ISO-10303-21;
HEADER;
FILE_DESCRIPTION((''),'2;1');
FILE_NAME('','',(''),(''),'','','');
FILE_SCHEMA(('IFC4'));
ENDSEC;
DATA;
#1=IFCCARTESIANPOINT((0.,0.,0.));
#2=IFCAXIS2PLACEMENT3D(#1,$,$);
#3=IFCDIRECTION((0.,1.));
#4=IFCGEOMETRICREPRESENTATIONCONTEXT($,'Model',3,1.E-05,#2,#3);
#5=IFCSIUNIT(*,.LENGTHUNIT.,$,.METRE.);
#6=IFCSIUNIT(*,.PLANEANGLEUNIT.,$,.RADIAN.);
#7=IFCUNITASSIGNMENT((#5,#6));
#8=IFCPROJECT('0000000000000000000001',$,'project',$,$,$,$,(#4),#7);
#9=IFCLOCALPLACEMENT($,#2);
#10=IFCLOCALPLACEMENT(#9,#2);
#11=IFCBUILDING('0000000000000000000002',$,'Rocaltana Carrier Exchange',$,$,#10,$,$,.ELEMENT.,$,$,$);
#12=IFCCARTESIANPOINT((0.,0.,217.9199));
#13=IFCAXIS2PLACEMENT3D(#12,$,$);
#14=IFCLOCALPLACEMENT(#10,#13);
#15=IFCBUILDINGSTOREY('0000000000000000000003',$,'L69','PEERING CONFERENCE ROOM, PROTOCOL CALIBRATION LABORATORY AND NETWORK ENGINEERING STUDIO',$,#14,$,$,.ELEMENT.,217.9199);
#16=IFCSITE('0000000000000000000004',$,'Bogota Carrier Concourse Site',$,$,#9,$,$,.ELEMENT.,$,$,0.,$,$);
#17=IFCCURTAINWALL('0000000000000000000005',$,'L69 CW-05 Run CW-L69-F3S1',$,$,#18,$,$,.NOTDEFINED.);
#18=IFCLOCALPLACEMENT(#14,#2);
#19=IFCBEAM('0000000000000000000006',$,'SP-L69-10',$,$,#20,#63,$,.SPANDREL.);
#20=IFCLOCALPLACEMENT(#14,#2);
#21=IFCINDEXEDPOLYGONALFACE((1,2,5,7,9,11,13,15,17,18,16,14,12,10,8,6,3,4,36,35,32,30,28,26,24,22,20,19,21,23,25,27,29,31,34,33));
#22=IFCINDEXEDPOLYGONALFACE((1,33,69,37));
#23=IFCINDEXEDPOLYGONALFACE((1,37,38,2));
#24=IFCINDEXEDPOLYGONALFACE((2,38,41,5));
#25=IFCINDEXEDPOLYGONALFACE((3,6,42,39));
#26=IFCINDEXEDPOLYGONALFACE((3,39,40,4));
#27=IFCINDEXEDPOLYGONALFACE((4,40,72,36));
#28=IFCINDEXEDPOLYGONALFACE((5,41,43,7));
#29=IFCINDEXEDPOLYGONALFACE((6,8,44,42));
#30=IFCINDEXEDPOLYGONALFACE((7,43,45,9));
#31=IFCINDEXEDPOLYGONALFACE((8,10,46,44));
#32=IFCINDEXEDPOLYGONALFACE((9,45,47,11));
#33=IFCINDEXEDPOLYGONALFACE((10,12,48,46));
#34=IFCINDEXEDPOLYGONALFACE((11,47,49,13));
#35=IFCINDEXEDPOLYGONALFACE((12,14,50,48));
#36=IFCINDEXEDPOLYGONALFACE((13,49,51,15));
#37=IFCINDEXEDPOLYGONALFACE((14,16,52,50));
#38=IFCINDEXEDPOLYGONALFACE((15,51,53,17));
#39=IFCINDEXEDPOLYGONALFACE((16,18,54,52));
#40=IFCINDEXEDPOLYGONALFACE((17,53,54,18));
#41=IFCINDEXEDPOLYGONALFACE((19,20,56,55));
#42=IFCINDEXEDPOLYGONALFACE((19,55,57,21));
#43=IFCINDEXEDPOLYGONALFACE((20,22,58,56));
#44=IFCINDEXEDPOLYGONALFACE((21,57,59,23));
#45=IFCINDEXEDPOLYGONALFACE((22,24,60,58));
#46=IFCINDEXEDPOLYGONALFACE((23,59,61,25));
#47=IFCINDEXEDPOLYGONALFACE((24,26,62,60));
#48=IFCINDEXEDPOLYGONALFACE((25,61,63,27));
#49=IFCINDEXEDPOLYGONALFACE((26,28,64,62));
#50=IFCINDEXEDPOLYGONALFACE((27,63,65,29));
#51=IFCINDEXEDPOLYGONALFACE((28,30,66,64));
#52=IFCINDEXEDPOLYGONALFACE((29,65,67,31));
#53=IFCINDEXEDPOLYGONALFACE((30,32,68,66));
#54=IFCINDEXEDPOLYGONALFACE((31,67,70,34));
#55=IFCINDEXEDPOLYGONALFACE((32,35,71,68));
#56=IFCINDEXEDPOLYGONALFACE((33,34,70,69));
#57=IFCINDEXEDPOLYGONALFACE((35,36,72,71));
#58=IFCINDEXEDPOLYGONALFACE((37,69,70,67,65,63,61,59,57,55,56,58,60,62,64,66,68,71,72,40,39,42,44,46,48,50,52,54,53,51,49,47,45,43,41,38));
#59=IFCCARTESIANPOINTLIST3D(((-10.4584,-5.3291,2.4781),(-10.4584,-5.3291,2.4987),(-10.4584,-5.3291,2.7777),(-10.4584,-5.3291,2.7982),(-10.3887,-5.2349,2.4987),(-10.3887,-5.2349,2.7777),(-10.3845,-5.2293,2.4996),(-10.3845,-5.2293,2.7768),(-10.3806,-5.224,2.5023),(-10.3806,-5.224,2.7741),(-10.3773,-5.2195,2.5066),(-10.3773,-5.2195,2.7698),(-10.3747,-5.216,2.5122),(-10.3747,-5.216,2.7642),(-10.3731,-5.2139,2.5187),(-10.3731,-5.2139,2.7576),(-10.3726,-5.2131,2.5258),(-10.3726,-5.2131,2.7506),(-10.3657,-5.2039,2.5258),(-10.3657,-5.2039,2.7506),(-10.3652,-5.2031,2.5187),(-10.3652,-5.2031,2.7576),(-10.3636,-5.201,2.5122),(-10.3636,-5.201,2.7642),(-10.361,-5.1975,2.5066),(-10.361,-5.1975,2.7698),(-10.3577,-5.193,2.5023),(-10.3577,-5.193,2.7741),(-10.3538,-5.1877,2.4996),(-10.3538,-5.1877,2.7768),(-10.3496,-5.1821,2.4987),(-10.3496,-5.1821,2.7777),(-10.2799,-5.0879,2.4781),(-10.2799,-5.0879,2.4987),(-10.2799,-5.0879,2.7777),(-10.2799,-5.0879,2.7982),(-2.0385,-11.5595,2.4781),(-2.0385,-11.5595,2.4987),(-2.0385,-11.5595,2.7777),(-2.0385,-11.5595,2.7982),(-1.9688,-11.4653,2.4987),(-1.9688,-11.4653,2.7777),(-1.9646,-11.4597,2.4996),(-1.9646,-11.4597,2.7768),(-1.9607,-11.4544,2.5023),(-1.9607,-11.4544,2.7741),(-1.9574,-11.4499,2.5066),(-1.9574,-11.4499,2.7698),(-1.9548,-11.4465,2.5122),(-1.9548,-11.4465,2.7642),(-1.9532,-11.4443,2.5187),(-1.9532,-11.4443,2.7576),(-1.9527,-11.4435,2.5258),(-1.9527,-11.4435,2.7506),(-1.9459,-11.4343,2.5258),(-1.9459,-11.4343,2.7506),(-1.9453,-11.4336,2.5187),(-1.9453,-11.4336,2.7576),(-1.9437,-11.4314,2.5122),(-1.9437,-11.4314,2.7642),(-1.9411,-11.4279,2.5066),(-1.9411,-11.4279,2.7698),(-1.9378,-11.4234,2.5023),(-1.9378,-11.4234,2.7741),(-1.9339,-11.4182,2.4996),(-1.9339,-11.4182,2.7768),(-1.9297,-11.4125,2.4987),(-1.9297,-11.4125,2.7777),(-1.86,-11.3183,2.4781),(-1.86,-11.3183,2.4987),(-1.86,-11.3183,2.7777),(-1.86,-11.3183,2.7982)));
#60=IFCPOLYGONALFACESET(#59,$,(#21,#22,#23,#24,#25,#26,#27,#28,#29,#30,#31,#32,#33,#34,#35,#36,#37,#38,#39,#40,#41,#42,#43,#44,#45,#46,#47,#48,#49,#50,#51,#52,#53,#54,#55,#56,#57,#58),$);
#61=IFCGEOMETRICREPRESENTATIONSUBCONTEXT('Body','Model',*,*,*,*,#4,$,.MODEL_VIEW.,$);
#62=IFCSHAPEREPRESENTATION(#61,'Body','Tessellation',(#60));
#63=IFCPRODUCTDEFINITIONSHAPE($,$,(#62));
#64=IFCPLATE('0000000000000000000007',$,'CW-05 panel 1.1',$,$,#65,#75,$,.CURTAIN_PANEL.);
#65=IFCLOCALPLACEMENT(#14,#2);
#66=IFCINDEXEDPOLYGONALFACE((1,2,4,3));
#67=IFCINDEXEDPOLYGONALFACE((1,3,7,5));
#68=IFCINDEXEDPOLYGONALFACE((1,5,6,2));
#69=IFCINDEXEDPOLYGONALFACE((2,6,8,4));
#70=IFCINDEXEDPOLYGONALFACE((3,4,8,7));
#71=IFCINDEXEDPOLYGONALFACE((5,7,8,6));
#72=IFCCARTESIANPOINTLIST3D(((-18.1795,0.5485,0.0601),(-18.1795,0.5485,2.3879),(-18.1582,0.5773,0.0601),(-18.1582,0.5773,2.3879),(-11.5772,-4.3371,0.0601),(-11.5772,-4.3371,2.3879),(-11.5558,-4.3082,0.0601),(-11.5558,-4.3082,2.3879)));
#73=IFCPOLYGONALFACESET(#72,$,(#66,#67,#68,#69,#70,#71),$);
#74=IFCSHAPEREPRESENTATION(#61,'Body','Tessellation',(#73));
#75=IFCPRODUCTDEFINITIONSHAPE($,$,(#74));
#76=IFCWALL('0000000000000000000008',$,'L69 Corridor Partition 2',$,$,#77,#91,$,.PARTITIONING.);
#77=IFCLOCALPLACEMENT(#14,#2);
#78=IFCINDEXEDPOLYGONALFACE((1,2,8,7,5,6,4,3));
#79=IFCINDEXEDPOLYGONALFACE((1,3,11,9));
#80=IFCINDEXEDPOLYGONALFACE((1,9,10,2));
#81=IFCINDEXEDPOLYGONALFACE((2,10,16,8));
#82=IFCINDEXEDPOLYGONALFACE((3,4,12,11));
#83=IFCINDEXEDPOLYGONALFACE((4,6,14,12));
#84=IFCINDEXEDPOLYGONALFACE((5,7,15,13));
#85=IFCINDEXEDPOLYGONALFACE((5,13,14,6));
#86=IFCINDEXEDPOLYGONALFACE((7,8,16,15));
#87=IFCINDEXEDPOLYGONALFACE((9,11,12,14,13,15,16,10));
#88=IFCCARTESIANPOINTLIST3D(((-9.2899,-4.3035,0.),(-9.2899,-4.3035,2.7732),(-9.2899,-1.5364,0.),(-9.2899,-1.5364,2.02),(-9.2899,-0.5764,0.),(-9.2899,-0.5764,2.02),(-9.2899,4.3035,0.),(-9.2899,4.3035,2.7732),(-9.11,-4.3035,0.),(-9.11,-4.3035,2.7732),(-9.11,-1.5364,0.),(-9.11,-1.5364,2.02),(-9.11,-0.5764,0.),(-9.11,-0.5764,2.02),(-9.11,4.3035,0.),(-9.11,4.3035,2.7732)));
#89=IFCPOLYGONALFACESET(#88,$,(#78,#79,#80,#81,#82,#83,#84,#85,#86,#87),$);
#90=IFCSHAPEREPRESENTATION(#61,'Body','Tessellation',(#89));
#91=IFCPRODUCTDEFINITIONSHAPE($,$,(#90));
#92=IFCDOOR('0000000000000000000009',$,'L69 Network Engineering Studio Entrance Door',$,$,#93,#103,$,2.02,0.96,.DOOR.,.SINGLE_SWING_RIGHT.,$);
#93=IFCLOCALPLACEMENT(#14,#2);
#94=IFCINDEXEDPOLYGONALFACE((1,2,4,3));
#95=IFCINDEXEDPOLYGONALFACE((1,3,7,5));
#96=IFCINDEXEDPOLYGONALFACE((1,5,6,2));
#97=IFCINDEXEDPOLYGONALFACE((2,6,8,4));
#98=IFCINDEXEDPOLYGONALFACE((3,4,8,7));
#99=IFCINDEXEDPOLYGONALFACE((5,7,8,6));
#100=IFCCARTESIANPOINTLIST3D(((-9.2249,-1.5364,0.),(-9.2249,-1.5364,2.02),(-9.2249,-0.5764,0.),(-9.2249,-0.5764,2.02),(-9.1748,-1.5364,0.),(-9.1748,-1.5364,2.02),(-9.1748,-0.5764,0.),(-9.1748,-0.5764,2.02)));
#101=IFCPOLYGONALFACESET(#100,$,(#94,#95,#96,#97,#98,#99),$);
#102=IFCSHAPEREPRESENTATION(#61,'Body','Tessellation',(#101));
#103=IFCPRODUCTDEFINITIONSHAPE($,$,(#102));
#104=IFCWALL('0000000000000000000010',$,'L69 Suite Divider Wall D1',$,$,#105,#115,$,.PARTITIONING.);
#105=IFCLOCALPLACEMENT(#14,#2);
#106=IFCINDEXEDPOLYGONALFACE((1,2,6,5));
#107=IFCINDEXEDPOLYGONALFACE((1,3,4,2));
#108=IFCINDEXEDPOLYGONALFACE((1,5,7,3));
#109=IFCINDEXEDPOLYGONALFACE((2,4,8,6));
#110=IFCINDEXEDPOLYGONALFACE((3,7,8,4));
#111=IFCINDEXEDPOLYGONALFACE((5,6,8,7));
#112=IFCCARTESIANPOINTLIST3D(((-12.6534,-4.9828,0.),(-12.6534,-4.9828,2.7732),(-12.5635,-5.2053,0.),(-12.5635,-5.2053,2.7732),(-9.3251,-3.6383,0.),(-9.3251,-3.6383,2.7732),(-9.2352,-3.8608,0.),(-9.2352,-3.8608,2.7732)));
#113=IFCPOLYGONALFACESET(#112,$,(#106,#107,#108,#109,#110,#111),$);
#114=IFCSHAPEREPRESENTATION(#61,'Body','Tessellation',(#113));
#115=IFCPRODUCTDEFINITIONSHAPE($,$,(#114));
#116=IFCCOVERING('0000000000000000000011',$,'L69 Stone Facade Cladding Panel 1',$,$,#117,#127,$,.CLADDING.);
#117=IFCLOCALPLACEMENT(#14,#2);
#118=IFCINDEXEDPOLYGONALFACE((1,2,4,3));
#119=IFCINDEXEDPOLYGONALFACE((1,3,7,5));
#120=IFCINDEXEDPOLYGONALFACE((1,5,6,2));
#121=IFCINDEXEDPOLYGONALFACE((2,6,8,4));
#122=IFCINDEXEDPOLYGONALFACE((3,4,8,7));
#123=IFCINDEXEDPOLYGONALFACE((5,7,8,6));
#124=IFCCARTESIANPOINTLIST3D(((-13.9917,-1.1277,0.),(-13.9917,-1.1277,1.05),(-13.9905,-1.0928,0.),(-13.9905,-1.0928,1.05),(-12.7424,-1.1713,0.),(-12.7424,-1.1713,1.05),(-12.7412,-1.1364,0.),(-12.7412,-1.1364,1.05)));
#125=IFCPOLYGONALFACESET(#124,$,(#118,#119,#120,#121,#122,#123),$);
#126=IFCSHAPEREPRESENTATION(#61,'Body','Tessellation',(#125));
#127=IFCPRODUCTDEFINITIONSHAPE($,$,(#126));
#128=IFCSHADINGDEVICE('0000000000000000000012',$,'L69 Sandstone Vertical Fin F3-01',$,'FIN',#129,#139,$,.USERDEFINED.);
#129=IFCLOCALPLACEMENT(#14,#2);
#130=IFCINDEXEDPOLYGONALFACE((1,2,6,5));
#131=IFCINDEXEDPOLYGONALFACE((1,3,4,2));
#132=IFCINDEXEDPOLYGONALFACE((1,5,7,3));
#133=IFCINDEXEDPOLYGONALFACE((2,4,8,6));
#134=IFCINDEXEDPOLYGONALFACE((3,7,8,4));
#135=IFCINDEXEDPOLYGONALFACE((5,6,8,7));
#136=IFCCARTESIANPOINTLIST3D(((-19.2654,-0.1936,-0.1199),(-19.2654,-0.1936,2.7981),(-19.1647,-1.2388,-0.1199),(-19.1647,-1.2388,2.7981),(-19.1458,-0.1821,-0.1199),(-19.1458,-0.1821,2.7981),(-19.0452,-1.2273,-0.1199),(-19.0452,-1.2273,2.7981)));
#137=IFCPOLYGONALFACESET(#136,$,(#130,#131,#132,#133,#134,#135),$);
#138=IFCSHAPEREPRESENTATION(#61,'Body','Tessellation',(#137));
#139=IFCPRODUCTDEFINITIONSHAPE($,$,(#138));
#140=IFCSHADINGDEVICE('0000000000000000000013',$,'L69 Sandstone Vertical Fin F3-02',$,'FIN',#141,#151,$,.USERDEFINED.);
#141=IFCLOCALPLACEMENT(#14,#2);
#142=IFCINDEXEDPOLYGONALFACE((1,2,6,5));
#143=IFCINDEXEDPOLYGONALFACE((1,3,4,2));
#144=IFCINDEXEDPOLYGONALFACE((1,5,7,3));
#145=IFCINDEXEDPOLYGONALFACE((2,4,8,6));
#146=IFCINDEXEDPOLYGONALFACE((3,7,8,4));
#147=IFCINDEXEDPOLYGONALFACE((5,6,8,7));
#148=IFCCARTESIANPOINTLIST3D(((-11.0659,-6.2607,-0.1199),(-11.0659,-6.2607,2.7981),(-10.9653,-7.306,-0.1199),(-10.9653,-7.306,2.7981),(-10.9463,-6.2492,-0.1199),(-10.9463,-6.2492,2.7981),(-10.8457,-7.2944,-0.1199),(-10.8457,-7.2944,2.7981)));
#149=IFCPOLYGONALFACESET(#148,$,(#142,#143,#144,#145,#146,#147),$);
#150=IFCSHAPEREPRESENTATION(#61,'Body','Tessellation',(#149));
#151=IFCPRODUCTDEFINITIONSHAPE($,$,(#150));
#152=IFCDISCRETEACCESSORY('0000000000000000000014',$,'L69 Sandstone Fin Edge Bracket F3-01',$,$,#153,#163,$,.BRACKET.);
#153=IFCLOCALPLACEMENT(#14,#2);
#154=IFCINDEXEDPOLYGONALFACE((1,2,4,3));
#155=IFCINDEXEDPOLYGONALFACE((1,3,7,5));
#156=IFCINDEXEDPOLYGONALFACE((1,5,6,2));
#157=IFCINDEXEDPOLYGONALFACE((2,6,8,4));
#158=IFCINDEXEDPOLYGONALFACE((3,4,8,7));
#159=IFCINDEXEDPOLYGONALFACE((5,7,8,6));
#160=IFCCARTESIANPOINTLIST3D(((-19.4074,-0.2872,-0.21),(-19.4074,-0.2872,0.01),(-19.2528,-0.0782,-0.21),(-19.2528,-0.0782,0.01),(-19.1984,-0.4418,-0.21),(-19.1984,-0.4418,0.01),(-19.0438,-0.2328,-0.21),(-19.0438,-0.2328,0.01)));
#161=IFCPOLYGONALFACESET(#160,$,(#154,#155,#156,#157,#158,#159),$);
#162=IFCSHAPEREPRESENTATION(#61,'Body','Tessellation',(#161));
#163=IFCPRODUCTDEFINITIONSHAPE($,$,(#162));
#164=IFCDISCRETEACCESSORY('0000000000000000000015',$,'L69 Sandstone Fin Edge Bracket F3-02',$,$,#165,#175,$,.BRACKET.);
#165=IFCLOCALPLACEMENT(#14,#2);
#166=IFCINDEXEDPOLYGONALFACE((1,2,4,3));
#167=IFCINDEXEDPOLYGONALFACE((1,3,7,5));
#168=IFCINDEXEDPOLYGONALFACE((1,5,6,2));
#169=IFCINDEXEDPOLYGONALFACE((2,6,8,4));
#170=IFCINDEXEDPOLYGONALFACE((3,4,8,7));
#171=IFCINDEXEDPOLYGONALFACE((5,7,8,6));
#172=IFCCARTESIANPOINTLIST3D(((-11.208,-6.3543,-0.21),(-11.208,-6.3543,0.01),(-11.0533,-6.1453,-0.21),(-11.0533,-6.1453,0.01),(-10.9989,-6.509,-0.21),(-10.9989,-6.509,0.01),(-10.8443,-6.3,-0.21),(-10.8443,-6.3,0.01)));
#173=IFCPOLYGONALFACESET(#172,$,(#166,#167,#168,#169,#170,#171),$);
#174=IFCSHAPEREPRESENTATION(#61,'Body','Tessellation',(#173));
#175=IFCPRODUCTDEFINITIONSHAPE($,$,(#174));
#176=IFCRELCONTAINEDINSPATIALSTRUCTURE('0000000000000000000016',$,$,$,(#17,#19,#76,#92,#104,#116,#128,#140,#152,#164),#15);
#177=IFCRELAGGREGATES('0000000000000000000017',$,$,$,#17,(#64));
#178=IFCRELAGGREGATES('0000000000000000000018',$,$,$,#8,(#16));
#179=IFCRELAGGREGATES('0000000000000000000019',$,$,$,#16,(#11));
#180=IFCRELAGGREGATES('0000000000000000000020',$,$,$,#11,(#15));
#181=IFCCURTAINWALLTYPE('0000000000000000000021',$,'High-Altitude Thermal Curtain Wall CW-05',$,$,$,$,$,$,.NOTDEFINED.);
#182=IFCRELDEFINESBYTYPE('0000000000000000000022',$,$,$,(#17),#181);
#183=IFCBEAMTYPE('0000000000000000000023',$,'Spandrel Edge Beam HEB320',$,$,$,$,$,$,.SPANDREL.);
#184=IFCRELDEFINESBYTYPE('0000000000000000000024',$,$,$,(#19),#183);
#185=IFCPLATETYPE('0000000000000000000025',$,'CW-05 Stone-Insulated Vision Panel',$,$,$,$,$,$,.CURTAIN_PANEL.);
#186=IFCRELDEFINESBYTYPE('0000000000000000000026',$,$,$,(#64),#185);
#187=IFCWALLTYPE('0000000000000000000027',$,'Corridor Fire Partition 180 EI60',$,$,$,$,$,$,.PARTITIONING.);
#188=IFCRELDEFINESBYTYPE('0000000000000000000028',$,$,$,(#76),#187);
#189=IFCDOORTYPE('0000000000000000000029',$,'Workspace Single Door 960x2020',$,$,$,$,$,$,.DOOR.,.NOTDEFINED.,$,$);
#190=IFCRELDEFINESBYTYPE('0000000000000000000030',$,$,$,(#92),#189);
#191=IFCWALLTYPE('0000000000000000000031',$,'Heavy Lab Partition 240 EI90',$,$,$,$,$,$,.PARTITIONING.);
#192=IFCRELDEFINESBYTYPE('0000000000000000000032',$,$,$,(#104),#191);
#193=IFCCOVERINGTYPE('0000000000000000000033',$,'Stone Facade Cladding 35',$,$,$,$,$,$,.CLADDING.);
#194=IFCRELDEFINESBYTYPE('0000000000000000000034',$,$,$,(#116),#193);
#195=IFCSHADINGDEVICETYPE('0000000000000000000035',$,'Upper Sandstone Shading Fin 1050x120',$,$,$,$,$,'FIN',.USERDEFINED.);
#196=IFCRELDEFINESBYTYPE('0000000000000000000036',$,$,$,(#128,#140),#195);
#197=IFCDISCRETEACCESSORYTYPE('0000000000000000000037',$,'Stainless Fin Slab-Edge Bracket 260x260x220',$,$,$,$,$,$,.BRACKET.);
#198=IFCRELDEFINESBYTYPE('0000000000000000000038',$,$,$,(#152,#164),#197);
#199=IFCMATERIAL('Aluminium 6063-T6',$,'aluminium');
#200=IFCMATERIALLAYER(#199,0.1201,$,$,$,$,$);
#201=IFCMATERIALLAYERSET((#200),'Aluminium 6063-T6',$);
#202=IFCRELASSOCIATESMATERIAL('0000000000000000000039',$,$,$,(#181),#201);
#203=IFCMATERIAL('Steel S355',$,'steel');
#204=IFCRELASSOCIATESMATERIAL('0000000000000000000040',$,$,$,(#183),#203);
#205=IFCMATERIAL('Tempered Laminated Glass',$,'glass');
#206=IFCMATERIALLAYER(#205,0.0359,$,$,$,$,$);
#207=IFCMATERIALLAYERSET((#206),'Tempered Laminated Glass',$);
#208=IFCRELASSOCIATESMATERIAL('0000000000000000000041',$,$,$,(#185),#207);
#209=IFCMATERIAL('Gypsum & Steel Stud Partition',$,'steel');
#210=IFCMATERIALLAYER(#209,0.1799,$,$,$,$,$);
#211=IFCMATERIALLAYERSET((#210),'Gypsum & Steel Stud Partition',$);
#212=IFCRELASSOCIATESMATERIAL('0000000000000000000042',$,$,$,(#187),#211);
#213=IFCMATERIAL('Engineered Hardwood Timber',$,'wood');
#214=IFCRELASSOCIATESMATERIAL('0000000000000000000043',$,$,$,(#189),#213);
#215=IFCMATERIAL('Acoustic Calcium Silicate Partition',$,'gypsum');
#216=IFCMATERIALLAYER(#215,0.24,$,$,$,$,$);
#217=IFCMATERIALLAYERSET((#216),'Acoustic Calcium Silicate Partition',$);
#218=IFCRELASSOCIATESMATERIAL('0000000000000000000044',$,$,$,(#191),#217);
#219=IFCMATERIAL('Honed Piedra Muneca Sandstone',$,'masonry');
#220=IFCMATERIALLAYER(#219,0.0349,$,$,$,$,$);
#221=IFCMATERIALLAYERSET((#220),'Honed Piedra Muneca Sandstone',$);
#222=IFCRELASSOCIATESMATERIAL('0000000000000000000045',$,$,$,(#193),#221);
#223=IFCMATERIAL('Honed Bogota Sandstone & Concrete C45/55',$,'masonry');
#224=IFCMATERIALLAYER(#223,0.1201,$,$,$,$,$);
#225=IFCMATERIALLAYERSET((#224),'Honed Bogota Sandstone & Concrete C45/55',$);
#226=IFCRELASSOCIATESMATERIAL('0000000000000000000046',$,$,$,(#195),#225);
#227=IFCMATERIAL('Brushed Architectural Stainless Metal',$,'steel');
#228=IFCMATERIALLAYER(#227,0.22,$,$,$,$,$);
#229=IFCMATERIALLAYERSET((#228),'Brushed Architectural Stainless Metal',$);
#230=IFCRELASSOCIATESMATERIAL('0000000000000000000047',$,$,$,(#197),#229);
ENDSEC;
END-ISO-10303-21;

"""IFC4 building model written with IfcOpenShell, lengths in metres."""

from ifc_helpers import new_model, si_unit, direction, frame, frame_2d, origin, origin_2d, place, context, subcontext, project, spatial, rectangle, i_section, extrude, material, layer, layer_set, material_profile, profile_set, type_object, element, fill, aggregate, save


model = new_model("IFC4")

# Units and contexts
model_context = context("Model", 3, precision=1e-05, world=origin(), true_north=direction((0.0, 1.0)))
body_context = subcontext(model_context, "Body", "Model", "MODEL_VIEW")
ifc_project = project(units=[si_unit("LENGTHUNIT", "METRE"), si_unit("PLANEANGLEUNIT", "RADIAN")], contexts=[model_context])

# Site, building, storey
site_placement = place(None, origin())
site = spatial("IfcSite", under=ifc_project, at=site_placement, Name="Bogota Carrier Concourse Site", CompositionType="ELEMENT", RefElevation=0.0)
building_placement = place(site_placement, origin())
building = spatial("IfcBuilding", under=site, at=building_placement, Name="Rocaltana Carrier Exchange", CompositionType="ELEMENT")
storey_placement = place(building_placement, frame((0.0, 0.0, 217.9199)))
storey = spatial("IfcBuildingStorey", under=building, at=storey_placement, Name="L69", Description="PEERING CONFERENCE ROOM, PROTOCOL CALIBRATION LABORATORY AND NETWORK ENGINEERING STUDIO", CompositionType="ELEMENT", Elevation=217.9199)

# Curtain wall
ifc_material_1 = material(Name="Aluminium 6063-T6", Category="aluminium")
ifc_layer_1 = layer(ifc_material_1, 0.1201)
ifc_layer_set_1 = layer_set([ifc_layer_1], Name="Aluminium 6063-T6")
curtain_wall_type = type_object("IfcCurtainWallType", Name="High-Altitude Thermal Curtain Wall CW-05", PredefinedType="NOTDEFINED", material=ifc_layer_set_1)
curtain_wall_1_placement = place(storey_placement, origin())
curtain_wall_1 = element("IfcCurtainWall", 1, at=curtain_wall_1_placement, inside=storey, type_object=curtain_wall_type, Name="L69 CW-05 Run CW-L69-F3S1", PredefinedType="NOTDEFINED")

# Beam
ifc_material_2 = material(Name="Steel S355", Category="steel")
ifc_material_profile_1 = material_profile(ifc_material_2, i_section(OverallWidth=0.3, OverallDepth=0.3201, WebThickness=0.0115, FlangeThickness=0.0205, FilletRadius=0.0271, at=origin_2d()), Name="HEB320")
ifc_profile_set_1 = profile_set([ifc_material_profile_1], Name="Steel S355")
beam_type_1 = type_object("IfcBeamType", Name="Spandrel Edge Beam HEB320", PredefinedType="SPANDREL", material=ifc_profile_set_1)
beam_1_placement = place(storey_placement, frame((-10.3691, -5.2085, 2.6382), z_axis=(0.803854, -0.594826, 0.0), x_axis=(0.594826, 0.803854, 0.0)))
element("IfcBeam", 2, at=beam_1_placement, inside=storey, type_object=beam_type_1, Name="SP-L69-10", PredefinedType="SPANDREL", context=body_context, shape_type="SweptSolid", body=[
    extrude(i_section(OverallWidth=0.3, OverallDepth=0.3201, WebThickness=0.0115, FlangeThickness=0.0205, FilletRadius=0.0271, at=origin_2d()), origin(), (0.0, 0.0, 1.0), 10.4744),
])

# Plate
ifc_material_3 = material(Name="Tempered Laminated Glass", Category="glass")
ifc_layer_2 = layer(ifc_material_3, 0.0359)
ifc_layer_set_2 = layer_set([ifc_layer_2], Name="Tempered Laminated Glass")
plate_type = type_object("IfcPlateType", Name="CW-05 Stone-Insulated Vision Panel", PredefinedType="CURTAIN_PANEL", material=ifc_layer_set_2)
plate_placement = place(storey_placement, frame((-14.8677, -1.8799, 0.0601), z_axis=(0.0, 0.0, 1.0), x_axis=(0.803854, -0.594827, 0.0)))
plate = element("IfcPlate", 3, at=plate_placement, type_object=plate_type, Name="CW-05 panel 1.1", PredefinedType="CURTAIN_PANEL", context=body_context, shape_type="SweptSolid", body=[
    extrude(rectangle(XDim=8.2134, YDim=0.0359, at=origin_2d()), origin(), (0.0, 0.0, 1.0), 2.3279),
])
aggregate(curtain_wall_1, [plate])

# Wall, opening, door
ifc_material_4 = material(Name="Gypsum & Steel Stud Partition", Category="steel")
ifc_layer_3 = layer(ifc_material_4, 0.1799)
ifc_layer_set_3 = layer_set([ifc_layer_3], Name="Gypsum & Steel Stud Partition")
wall_type_1 = type_object("IfcWallType", Name="Corridor Fire Partition 180 EI60", PredefinedType="PARTITIONING", material=ifc_layer_set_3)
wall_1_placement = place(storey_placement, frame((-9.2, -4.3035, 0.0), z_axis=(0.0, 0.0, 1.0), x_axis=(0.0, 1.0, 0.0)))
wall_1 = element("IfcWall", 4, at=wall_1_placement, inside=storey, type_object=wall_type_1, Name="L69 Corridor Partition 2", PredefinedType="PARTITIONING", context=body_context, shape_type="SweptSolid", body=[
    extrude(rectangle(XDim=8.6069, YDim=0.1799, at=frame_2d((4.3035, 0.0))), origin(), (0.0, 0.0, 1.0), 2.7732),
])
opening_placement = place(wall_1_placement, frame((2.7671, 0.0, 0.0)))
opening = element("IfcOpeningElement", 5, at=opening_placement, cuts=wall_1, PredefinedType="OPENING", context=body_context, shape_type="SweptSolid", body=[
    extrude(rectangle(XDim=0.96, YDim=2.02, at=frame_2d((0.48, 1.01))), frame((0.0, 0.0999, 0.0), z_axis=(0.0, -1.0, 0.0), x_axis=(1.0, 0.0, 0.0)), (0.0, 0.0, 1.0), 0.2),
])
ifc_material_5 = material(Name="Engineered Hardwood Timber", Category="wood")
door_type = type_object("IfcDoorType", Name="Workspace Single Door 960x2020", OperationType="NOTDEFINED", PredefinedType="DOOR", material=ifc_material_5)
door_placement = place(opening_placement, origin())
door = element("IfcDoor", 6, at=door_placement, inside=storey, type_object=door_type, Name="L69 Network Engineering Studio Entrance Door", OperationType="SINGLE_SWING_RIGHT", OverallHeight=2.02, OverallWidth=0.96, PredefinedType="DOOR", context=body_context, shape_type="SweptSolid", body=[
    extrude(rectangle(XDim=0.96, YDim=2.02, at=frame_2d((0.48, 1.01))), frame((0.0, 0.0249, 0.0), z_axis=(0.0, -1.0, 0.0), x_axis=(1.0, 0.0, 0.0)), (0.0, 0.0, 1.0), 0.05),
])
fill(opening, door)

# Wall
ifc_material_6 = material(Name="Acoustic Calcium Silicate Partition", Category="gypsum")
ifc_layer_4 = layer(ifc_material_6, 0.24)
ifc_layer_set_4 = layer_set([ifc_layer_4], Name="Acoustic Calcium Silicate Partition")
wall_type_2 = type_object("IfcWallType", Name="Heavy Lab Partition 240 EI90", PredefinedType="PARTITIONING", material=ifc_layer_set_4)
wall_2_placement = place(storey_placement, frame((-9.28, -3.7495, 0.0), z_axis=(0.0, 0.0, 1.0), x_axis=(-0.92721, -0.374543, 0.0)))
element("IfcWall", 7, at=wall_2_placement, inside=storey, type_object=wall_type_2, Name="L69 Suite Divider Wall D1", PredefinedType="PARTITIONING", context=body_context, shape_type="SweptSolid", body=[
    extrude(rectangle(XDim=3.5896, YDim=0.24, at=frame_2d((1.7949, 0.0))), origin(), (0.0, 0.0, 1.0), 2.7732),
])

# Covering
ifc_material_7 = material(Name="Honed Piedra Muneca Sandstone", Category="masonry")
ifc_layer_5 = layer(ifc_material_7, 0.0349)
ifc_layer_set_5 = layer_set([ifc_layer_5], Name="Honed Piedra Muneca Sandstone")
covering_type = type_object("IfcCoveringType", Name="Stone Facade Cladding 35", PredefinedType="CLADDING", material=ifc_layer_set_5)
covering_placement = place(storey_placement, frame((-13.3665, -1.1321, 0.0), z_axis=(0.0, 0.0, 1.0), x_axis=(-0.999391, 0.034899, 0.0)))
element("IfcCovering", 8, at=covering_placement, inside=storey, type_object=covering_type, Name="L69 Stone Facade Cladding Panel 1", PredefinedType="CLADDING", context=body_context, shape_type="SweptSolid", body=[
    extrude(rectangle(XDim=1.25, YDim=0.0349, at=origin_2d()), origin(), (0.0, 0.0, 1.0), 1.05),
])

# Shading devices
ifc_material_8 = material(Name="Honed Bogota Sandstone & Concrete C45/55", Category="masonry")
ifc_layer_6 = layer(ifc_material_8, 0.1201)
ifc_layer_set_6 = layer_set([ifc_layer_6], Name="Honed Bogota Sandstone & Concrete C45/55")
shading_device_type = type_object("IfcShadingDeviceType", Name="Upper Sandstone Shading Fin 1050x120", ElementType="FIN", PredefinedType="USERDEFINED", material=ifc_layer_set_6)
for number, where, z_axis, x_axis, name in (
    (9, (-19.1553, -0.7104, -0.1199), (0.0, 0.0, 1.0), (0.095846, -0.995396, 0.0), "L69 Sandstone Vertical Fin F3-01"),
    (10, (-10.9558, -6.7776, -0.1199), (0.0, 0.0, 1.0), (0.095846, -0.995396, 0.0), "L69 Sandstone Vertical Fin F3-02"),
):
    element("IfcShadingDevice", number, at=place(storey_placement, frame(where, z_axis=z_axis, x_axis=x_axis)), inside=storey, type_object=shading_device_type, Name=name, ObjectType="FIN", PredefinedType="USERDEFINED", context=body_context, shape_type="SweptSolid", body=[
        extrude(rectangle(XDim=1.05, YDim=0.1201, at=origin_2d()), origin(), (0.0, 0.0, 1.0), 2.918),
    ])

# Discrete accessories
ifc_material_9 = material(Name="Brushed Architectural Stainless Metal", Category="steel")
ifc_layer_7 = layer(ifc_material_9, 0.22)
ifc_layer_set_7 = layer_set([ifc_layer_7], Name="Brushed Architectural Stainless Metal")
discrete_accessory_type = type_object("IfcDiscreteAccessoryType", Name="Stainless Fin Slab-Edge Bracket 260x260x220", PredefinedType="BRACKET", material=ifc_layer_set_7)
for number, where, z_axis, x_axis, name in (
    (11, (-19.2256, -0.26, -0.21), (0.0, 0.0, 1.0), (0.803857, -0.594823, 0.0), "L69 Sandstone Fin Edge Bracket F3-01"),
    (12, (-11.0261, -6.3271, -0.21), (0.0, 0.0, 1.0), (0.803857, -0.594823, 0.0), "L69 Sandstone Fin Edge Bracket F3-02"),
):
    element("IfcDiscreteAccessory", number, at=place(storey_placement, frame(where, z_axis=z_axis, x_axis=x_axis)), inside=storey, type_object=discrete_accessory_type, Name=name, PredefinedType="BRACKET", context=body_context, shape_type="SweptSolid", body=[
        extrude(rectangle(XDim=0.26, YDim=0.26, at=origin_2d()), origin(), (0.0, 0.0, 1.0), 0.22),
    ])

save(model, "model.ifc")
